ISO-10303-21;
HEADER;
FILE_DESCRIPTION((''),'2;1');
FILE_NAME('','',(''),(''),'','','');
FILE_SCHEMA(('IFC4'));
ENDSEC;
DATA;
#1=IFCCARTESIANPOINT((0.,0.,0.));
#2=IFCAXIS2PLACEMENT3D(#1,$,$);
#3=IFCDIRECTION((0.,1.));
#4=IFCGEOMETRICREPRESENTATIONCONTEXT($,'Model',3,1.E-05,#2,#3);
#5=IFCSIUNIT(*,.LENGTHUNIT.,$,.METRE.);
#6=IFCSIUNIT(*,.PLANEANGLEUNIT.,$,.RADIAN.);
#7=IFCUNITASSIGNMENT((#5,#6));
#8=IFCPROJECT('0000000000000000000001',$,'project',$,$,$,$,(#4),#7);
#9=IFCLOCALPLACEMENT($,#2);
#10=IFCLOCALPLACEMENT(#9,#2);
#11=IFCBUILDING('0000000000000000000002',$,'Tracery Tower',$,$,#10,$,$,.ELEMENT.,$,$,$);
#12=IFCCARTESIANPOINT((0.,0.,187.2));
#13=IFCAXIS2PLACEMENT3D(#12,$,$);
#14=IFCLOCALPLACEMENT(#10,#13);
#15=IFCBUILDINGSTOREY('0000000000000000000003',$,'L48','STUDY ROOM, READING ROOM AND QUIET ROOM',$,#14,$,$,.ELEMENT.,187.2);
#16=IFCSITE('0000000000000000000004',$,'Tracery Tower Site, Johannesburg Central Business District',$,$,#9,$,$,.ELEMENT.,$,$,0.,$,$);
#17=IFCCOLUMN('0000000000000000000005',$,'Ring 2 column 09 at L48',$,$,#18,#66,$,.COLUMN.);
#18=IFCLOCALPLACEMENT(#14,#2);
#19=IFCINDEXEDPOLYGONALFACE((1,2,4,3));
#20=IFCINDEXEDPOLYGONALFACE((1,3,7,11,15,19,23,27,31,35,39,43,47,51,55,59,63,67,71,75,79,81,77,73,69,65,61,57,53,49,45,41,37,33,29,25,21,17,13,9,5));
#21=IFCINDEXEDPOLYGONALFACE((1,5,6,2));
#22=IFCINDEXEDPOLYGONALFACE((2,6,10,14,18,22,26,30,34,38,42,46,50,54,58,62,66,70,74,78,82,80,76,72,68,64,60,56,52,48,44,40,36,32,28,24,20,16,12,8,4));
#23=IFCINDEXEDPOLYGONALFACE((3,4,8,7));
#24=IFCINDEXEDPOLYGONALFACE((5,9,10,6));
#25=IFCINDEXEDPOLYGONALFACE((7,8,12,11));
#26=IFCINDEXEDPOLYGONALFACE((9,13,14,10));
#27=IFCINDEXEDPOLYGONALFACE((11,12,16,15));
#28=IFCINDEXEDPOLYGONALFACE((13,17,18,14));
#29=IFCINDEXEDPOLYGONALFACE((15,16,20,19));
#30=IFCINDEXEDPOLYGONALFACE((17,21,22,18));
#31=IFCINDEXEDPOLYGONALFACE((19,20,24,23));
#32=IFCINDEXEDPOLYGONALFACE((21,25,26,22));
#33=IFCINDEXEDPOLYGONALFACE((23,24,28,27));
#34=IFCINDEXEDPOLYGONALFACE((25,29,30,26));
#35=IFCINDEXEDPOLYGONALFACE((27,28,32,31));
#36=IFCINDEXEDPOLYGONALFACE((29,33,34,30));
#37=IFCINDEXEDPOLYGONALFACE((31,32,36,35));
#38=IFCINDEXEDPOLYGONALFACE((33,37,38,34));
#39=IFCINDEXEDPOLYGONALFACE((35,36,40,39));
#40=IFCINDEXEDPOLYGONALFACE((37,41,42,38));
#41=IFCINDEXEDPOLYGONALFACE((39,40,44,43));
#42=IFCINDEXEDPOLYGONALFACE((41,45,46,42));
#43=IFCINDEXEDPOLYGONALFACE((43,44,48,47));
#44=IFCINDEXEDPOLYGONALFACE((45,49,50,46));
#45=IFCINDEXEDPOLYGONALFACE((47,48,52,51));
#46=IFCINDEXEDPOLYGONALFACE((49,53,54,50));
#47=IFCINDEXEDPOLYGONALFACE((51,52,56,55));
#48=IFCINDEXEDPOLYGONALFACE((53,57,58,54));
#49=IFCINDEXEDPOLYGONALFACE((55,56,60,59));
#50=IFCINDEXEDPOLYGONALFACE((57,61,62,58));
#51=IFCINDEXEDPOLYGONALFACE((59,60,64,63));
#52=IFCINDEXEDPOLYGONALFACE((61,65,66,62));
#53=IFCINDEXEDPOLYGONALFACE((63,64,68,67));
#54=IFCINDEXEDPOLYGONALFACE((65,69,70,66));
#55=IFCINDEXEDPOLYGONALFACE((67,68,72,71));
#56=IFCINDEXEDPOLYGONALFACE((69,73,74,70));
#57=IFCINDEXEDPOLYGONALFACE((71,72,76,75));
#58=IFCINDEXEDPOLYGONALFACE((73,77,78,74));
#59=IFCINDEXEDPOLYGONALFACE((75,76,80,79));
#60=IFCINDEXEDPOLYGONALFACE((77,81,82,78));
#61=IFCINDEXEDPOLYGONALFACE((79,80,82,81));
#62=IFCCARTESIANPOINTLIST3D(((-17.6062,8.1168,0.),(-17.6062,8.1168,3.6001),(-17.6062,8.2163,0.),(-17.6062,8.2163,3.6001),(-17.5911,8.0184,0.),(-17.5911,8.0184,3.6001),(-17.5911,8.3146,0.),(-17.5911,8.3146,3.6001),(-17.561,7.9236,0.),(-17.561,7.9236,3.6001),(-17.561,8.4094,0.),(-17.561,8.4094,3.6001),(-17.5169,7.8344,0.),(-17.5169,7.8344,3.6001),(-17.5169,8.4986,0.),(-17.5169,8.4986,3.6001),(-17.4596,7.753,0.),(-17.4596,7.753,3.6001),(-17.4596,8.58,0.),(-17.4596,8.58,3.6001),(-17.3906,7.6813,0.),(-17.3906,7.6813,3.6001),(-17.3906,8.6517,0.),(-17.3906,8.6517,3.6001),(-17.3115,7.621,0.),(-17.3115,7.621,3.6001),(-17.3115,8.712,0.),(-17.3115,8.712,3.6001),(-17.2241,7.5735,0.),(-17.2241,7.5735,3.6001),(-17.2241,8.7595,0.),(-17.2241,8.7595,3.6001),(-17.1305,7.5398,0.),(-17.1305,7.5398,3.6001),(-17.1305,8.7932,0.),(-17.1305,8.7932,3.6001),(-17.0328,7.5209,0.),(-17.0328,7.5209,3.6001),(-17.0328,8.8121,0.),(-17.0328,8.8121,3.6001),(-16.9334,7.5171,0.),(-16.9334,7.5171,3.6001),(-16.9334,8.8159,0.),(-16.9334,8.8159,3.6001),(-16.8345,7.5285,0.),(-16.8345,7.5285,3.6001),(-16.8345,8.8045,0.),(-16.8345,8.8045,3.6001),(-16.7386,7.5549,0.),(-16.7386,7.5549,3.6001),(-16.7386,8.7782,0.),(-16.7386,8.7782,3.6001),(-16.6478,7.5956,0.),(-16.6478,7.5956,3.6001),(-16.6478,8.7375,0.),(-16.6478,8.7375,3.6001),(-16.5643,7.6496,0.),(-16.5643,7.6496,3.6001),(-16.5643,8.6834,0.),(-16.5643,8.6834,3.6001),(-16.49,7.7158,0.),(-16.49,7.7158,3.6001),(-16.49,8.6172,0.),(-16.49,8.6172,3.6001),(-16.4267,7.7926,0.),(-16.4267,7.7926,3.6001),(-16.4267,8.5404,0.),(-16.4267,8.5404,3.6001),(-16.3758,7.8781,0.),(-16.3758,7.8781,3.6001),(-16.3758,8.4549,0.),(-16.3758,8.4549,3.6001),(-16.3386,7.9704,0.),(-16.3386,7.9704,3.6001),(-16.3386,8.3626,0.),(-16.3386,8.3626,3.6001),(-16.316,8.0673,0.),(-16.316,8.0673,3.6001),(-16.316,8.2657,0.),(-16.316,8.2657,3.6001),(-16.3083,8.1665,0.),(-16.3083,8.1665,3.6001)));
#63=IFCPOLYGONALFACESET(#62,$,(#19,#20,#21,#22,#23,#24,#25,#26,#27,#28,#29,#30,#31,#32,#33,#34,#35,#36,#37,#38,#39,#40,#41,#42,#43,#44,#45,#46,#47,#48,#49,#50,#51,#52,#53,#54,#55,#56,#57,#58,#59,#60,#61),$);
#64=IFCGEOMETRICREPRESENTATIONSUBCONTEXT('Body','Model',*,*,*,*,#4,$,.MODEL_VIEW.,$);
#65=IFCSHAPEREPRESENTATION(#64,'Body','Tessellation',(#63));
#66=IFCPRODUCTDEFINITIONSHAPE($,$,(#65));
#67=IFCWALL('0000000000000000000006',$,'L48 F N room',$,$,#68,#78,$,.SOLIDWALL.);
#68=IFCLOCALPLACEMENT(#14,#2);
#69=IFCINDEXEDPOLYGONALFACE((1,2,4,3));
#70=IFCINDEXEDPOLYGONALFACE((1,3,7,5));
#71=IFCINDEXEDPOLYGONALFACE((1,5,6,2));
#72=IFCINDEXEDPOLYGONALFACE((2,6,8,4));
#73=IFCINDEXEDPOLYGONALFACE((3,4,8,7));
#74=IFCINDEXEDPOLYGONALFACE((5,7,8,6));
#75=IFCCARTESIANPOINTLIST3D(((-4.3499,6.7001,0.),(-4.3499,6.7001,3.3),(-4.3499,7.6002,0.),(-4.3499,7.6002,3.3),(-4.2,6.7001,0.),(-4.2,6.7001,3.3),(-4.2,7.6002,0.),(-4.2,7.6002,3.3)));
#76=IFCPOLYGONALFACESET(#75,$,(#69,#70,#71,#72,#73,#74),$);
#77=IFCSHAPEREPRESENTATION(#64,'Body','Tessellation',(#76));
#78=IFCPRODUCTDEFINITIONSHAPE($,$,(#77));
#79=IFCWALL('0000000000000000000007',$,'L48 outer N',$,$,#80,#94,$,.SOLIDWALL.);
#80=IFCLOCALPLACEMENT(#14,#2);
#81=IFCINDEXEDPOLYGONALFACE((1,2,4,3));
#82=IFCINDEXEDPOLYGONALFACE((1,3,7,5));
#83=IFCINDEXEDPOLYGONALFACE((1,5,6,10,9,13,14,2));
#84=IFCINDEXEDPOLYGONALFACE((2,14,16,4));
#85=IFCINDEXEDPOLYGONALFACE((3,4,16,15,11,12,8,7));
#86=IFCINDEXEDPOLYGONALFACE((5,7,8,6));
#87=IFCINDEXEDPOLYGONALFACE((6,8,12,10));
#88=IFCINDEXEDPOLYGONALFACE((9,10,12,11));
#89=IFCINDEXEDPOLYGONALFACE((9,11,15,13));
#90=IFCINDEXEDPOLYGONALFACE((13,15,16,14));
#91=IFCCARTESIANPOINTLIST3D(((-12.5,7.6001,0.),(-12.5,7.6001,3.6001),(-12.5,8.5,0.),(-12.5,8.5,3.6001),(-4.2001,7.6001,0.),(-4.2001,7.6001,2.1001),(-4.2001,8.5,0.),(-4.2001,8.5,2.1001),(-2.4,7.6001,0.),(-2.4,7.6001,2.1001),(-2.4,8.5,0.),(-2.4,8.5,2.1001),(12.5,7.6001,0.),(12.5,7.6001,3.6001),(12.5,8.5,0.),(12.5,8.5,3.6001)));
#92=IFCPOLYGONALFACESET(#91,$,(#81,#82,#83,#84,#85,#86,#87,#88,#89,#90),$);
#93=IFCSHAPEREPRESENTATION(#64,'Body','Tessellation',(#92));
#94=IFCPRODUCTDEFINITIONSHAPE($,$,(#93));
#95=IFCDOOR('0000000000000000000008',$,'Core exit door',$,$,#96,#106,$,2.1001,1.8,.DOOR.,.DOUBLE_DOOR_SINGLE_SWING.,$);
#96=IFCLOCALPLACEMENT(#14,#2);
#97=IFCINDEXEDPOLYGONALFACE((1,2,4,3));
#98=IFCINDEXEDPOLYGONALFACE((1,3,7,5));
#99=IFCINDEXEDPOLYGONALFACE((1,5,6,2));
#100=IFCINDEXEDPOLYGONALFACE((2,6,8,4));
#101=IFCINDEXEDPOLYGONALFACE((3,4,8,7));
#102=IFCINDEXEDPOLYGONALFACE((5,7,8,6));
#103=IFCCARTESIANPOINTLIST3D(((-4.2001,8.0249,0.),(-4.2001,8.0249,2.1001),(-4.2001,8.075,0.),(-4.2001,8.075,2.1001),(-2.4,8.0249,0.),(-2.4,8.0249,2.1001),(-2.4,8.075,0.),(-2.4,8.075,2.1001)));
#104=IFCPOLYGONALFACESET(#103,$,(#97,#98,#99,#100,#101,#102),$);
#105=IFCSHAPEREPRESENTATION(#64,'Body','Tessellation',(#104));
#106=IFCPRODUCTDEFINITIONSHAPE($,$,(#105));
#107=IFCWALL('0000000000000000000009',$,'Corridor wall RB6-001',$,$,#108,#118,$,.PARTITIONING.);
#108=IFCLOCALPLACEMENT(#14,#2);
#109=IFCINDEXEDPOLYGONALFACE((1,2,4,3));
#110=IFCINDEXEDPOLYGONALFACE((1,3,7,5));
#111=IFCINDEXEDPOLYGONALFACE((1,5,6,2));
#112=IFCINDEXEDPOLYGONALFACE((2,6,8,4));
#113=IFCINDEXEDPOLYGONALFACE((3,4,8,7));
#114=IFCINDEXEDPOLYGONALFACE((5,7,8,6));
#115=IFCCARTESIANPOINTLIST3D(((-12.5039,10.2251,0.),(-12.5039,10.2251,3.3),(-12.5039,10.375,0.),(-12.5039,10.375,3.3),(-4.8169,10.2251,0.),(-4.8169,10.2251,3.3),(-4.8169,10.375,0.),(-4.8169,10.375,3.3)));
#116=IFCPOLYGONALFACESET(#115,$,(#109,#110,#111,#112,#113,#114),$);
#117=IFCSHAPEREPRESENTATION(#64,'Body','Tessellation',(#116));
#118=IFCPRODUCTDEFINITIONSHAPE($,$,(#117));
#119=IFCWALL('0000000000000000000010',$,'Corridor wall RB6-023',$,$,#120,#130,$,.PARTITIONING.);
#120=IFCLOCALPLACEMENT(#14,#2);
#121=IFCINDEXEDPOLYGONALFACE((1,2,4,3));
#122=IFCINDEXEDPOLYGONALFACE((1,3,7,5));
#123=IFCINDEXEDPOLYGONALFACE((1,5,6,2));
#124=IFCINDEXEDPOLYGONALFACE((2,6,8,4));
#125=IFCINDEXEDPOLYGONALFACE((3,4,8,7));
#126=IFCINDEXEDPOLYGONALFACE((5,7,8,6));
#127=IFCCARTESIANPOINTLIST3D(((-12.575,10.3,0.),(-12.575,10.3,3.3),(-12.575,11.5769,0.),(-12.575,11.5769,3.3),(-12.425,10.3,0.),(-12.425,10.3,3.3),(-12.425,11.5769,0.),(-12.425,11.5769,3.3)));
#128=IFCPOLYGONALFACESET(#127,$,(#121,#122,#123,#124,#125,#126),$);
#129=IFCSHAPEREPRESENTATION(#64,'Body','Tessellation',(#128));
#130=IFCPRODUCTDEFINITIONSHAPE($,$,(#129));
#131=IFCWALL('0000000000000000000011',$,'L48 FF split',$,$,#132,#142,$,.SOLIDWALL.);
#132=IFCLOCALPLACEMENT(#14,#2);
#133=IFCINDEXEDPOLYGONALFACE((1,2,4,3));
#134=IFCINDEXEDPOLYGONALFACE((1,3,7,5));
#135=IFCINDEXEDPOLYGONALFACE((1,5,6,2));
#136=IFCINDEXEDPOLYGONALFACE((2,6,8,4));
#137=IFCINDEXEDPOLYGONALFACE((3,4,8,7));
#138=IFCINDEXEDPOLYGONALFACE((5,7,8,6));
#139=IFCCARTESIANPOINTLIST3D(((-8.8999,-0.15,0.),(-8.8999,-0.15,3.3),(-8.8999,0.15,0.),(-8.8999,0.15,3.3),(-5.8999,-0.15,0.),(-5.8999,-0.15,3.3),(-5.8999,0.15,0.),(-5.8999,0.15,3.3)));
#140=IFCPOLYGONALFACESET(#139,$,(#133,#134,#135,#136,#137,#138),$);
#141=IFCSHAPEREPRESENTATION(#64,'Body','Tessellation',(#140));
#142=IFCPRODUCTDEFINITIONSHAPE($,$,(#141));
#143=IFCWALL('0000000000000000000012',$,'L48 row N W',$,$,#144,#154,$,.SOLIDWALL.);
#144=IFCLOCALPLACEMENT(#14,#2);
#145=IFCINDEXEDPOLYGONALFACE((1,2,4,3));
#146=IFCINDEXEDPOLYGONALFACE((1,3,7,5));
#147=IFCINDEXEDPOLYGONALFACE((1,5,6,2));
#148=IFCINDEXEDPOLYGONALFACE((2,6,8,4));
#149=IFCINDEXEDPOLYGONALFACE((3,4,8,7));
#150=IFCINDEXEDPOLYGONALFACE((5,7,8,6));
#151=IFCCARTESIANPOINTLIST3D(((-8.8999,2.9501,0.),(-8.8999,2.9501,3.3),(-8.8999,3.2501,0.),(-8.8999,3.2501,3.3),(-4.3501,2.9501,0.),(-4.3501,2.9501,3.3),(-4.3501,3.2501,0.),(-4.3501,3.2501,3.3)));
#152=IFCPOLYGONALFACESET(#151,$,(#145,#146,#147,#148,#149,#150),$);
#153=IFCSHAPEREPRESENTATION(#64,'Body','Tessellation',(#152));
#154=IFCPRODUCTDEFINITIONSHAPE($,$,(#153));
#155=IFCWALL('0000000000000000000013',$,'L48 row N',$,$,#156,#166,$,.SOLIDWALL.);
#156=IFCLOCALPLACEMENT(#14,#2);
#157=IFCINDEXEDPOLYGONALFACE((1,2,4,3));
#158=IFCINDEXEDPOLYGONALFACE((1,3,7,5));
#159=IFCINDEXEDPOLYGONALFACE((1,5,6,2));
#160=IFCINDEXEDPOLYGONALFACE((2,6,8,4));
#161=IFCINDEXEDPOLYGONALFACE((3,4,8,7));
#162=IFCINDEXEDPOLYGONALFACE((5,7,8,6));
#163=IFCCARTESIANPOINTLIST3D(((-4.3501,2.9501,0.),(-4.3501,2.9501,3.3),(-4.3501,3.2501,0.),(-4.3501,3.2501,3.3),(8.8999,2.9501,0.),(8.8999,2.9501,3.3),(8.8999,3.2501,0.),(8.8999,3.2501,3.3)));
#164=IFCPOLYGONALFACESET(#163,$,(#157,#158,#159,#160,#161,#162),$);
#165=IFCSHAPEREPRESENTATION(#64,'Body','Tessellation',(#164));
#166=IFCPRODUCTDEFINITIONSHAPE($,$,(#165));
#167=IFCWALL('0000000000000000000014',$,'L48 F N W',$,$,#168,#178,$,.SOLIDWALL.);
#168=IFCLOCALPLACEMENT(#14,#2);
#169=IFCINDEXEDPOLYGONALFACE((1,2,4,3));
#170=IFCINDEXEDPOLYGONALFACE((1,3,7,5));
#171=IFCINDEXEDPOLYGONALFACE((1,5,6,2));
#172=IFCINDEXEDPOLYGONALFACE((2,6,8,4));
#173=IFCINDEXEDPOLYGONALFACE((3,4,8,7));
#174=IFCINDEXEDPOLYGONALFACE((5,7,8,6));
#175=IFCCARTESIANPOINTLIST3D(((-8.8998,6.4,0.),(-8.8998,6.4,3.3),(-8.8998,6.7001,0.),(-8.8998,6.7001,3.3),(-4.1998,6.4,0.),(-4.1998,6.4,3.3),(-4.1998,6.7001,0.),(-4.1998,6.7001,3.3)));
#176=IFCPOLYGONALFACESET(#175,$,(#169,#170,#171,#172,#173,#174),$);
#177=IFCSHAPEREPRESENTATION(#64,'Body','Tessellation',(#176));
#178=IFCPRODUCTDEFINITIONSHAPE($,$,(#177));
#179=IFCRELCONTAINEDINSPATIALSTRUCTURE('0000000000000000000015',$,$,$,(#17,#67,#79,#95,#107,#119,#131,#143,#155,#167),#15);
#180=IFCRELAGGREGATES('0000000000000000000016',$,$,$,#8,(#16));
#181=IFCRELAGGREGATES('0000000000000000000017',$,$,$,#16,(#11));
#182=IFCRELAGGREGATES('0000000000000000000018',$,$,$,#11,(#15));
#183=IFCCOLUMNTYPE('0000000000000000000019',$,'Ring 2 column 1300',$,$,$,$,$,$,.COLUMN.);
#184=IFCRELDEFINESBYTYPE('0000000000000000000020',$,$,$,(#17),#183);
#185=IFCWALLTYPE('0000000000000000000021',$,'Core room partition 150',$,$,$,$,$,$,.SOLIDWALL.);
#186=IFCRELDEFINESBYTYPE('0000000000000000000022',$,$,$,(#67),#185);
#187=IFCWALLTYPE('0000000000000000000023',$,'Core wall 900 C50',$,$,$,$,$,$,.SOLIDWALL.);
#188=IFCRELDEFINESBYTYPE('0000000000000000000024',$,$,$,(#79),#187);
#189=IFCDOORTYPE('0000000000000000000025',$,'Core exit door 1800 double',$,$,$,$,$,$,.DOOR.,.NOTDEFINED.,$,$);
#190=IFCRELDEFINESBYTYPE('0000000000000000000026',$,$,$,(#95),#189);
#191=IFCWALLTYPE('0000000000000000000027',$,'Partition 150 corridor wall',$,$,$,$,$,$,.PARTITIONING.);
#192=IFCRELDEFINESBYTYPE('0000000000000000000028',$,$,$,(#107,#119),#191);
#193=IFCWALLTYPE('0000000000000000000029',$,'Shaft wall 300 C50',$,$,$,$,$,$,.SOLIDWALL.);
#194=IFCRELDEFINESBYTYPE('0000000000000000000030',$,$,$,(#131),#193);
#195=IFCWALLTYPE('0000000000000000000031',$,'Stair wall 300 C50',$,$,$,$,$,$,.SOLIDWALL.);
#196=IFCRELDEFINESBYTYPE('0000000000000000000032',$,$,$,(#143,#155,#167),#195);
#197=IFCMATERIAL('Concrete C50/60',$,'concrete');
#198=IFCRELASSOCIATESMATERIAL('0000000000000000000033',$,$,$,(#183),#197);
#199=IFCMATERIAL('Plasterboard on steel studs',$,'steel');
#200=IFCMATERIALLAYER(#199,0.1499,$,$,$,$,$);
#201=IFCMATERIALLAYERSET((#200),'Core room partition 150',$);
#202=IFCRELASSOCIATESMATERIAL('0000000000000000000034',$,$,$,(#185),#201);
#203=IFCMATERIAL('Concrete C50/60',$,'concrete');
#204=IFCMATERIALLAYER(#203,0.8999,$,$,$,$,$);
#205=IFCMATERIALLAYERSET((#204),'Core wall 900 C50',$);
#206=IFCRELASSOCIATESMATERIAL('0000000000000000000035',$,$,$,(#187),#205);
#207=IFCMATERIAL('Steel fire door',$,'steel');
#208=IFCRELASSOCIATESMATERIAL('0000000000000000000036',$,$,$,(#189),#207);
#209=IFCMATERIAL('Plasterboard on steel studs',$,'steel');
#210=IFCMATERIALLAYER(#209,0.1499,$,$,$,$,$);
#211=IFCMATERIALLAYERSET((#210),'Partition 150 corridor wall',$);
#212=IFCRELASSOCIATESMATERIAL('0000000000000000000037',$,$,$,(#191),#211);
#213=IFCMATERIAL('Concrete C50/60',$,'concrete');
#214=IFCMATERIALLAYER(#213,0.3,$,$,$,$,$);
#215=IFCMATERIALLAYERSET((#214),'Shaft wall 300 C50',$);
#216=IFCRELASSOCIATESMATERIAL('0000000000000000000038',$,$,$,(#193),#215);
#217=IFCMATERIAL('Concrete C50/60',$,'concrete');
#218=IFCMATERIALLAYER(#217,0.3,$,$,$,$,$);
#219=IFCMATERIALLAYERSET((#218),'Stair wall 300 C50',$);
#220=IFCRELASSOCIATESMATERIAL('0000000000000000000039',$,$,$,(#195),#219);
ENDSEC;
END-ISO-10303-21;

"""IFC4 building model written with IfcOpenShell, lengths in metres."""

from ifc_helpers import new_model, si_unit, direction, frame, frame_2d, origin, origin_2d, place, context, subcontext, project, spatial, rectangle, circle, extrude, material, layer, layer_set, material_profile, profile_set, type_object, element, fill, save


model = new_model("IFC4")

# Units and contexts
model_context = context("Model", 3, precision=1e-05, world=origin(), true_north=direction((0.0, 1.0)))
body_context = subcontext(model_context, "Body", "Model", "MODEL_VIEW")
ifc_project = project(units=[si_unit("LENGTHUNIT", "METRE"), si_unit("PLANEANGLEUNIT", "RADIAN")], contexts=[model_context])

# Site, building, storey
site_placement = place(None, origin())
site = spatial("IfcSite", under=ifc_project, at=site_placement, Name="Tracery Tower Site, Johannesburg Central Business District", CompositionType="ELEMENT", RefElevation=0.0)
building_placement = place(site_placement, origin())
building = spatial("IfcBuilding", under=site, at=building_placement, Name="Tracery Tower", CompositionType="ELEMENT")
storey_placement = place(building_placement, frame((0.0, 0.0, 187.2)))
storey = spatial("IfcBuildingStorey", under=building, at=storey_placement, Name="L48", Description="STUDY ROOM, READING ROOM AND QUIET ROOM", CompositionType="ELEMENT", Elevation=187.2)

# Column
ifc_material_1 = material(Name="Concrete C50/60", Category="concrete")
ifc_material_profile = material_profile(ifc_material_1, circle(Radius=0.6499, at=origin_2d()), Name="RC D1300")
ifc_profile_set = profile_set([ifc_material_profile], Name="Concrete C50/60")
column_type = type_object("IfcColumnType", Name="Ring 2 column 1300", PredefinedType="COLUMN", material=ifc_profile_set)
column_placement = place(storey_placement, frame((-16.9583, 8.1665, 0.0), z_axis=(0.0, 0.0, 1.0), x_axis=(1.0, 0.0, 0.0)))
element("IfcColumn", 1, at=column_placement, inside=storey, type_object=column_type, Name="Ring 2 column 09 at L48", PredefinedType="COLUMN", context=body_context, shape_type="SweptSolid", body=[
    extrude(circle(Radius=0.6499, at=origin_2d()), origin(), (0.0, 0.0, 1.0), 3.6001),
])

# Wall
ifc_material_2 = material(Name="Plasterboard on steel studs", Category="steel")
ifc_layer_1 = layer(ifc_material_2, 0.1499)
ifc_layer_set_1 = layer_set([ifc_layer_1], Name="Core room partition 150")
wall_type_1 = type_object("IfcWallType", Name="Core room partition 150", PredefinedType="SOLIDWALL", material=ifc_layer_set_1)
wall_1_placement = place(storey_placement, frame((-4.2749, 6.7, 0.0), z_axis=(0.0, 0.0, 1.0), x_axis=(0.0, 1.0, 0.0)))
element("IfcWall", 2, at=wall_1_placement, inside=storey, type_object=wall_type_1, Name="L48 F N room", PredefinedType="SOLIDWALL", context=body_context, shape_type="SweptSolid", body=[
    extrude(rectangle(XDim=0.9001, YDim=0.1499, at=frame_2d((0.4502, 0.0))), origin(), (0.0, 0.0, 1.0), 3.3),
])

# Wall, opening, door
ifc_material_3 = material(Name="Concrete C50/60", Category="concrete")
ifc_layer_2 = layer(ifc_material_3, 0.8999)
ifc_layer_set_2 = layer_set([ifc_layer_2], Name="Core wall 900 C50")
wall_type_2 = type_object("IfcWallType", Name="Core wall 900 C50", PredefinedType="SOLIDWALL", material=ifc_layer_set_2)
wall_2_placement = place(storey_placement, frame((-12.5, 8.05, 0.0), z_axis=(0.0, 0.0, 1.0), x_axis=(1.0, 0.0, 0.0)))
wall_2 = element("IfcWall", 3, at=wall_2_placement, inside=storey, type_object=wall_type_2, Name="L48 outer N", PredefinedType="SOLIDWALL", context=body_context, shape_type="SweptSolid", body=[
    extrude(rectangle(XDim=25.0, YDim=0.8999, at=frame_2d((12.5, 0.0))), origin(), (0.0, 0.0, 1.0), 3.6001),
])
opening_1_placement = place(wall_2_placement, frame((8.3, 0.0, 0.0)))
opening_1 = element("IfcOpeningElement", 4, at=opening_1_placement, cuts=wall_2, PredefinedType="OPENING", context=body_context, shape_type="SweptSolid", body=[
    extrude(rectangle(XDim=1.8, YDim=2.1001, at=frame_2d((0.8999, 1.05))), frame((0.0, 0.45, 0.0), z_axis=(0.0, -1.0, 0.0), x_axis=(1.0, 0.0, 0.0)), (0.0, 0.0, 1.0), 0.8999),
])
ifc_material_4 = material(Name="Steel fire door", Category="steel")
door_type_1 = type_object("IfcDoorType", Name="Core exit door 1800 double", OperationType="NOTDEFINED", PredefinedType="DOOR", material=ifc_material_4)
door_1_placement = place(opening_1_placement, origin())
door_1 = element("IfcDoor", 5, at=door_1_placement, inside=storey, type_object=door_type_1, Name="Core exit door", OperationType="DOUBLE_DOOR_SINGLE_SWING", OverallHeight=2.1001, OverallWidth=1.8, PredefinedType="DOOR", context=body_context, shape_type="SweptSolid", body=[
    extrude(rectangle(XDim=1.8, YDim=2.1001, at=frame_2d((0.8999, 1.05))), frame((0.0, 0.0249, 0.0), z_axis=(0.0, -1.0, 0.0), x_axis=(1.0, 0.0, 0.0)), (0.0, 0.0, 1.0), 0.05),
])
fill(opening_1, door_1)

# Walls
ifc_material_5 = material(Name="Plasterboard on steel studs", Category="steel")
ifc_layer_3 = layer(ifc_material_5, 0.1499)
ifc_layer_set_3 = layer_set([ifc_layer_3], Name="Partition 150 corridor wall")
wall_type_3 = type_object("IfcWallType", Name="Partition 150 corridor wall", PredefinedType="PARTITIONING", material=ifc_layer_set_3)
wall_3_placement = place(storey_placement, frame((-12.5039, 10.3, 0.0), z_axis=(0.0, 0.0, 1.0), x_axis=(1.0, 0.0, 0.0)))
element("IfcWall", 6, at=wall_3_placement, inside=storey, type_object=wall_type_3, Name="Corridor wall RB6-001", PredefinedType="PARTITIONING", context=body_context, shape_type="SweptSolid", body=[
    extrude(rectangle(XDim=7.687, YDim=0.1499, at=frame_2d((3.8435, 0.0))), origin(), (0.0, 0.0, 1.0), 3.3),
])
wall_4_placement = place(storey_placement, frame((-12.5, 10.3, 0.0), z_axis=(0.0, 0.0, 1.0), x_axis=(0.0, 1.0, 0.0)))
element("IfcWall", 7, at=wall_4_placement, inside=storey, type_object=wall_type_3, Name="Corridor wall RB6-023", PredefinedType="PARTITIONING", context=body_context, shape_type="SweptSolid", body=[
    extrude(rectangle(XDim=1.2769, YDim=0.1499, at=frame_2d((0.6384, 0.0))), origin(), (0.0, 0.0, 1.0), 3.3),
])
ifc_material_6 = material(Name="Concrete C50/60", Category="concrete")
ifc_layer_4 = layer(ifc_material_6, 0.3)
ifc_layer_set_4 = layer_set([ifc_layer_4], Name="Shaft wall 300 C50")
wall_type_4 = type_object("IfcWallType", Name="Shaft wall 300 C50", PredefinedType="SOLIDWALL", material=ifc_layer_set_4)
wall_5_placement = place(storey_placement, frame((-8.8999, 0.0, 0.0), z_axis=(0.0, 0.0, 1.0), x_axis=(1.0, 0.0, 0.0)))
element("IfcWall", 8, at=wall_5_placement, inside=storey, type_object=wall_type_4, Name="L48 FF split", PredefinedType="SOLIDWALL", context=body_context, shape_type="SweptSolid", body=[
    extrude(rectangle(XDim=3.0, YDim=0.3, at=frame_2d((1.5, 0.0))), origin(), (0.0, 0.0, 1.0), 3.3),
])

# Walls
ifc_material_7 = material(Name="Concrete C50/60", Category="concrete")
ifc_layer_5 = layer(ifc_material_7, 0.3)
ifc_layer_set_5 = layer_set([ifc_layer_5], Name="Stair wall 300 C50")
wall_type_5 = type_object("IfcWallType", Name="Stair wall 300 C50", PredefinedType="SOLIDWALL", material=ifc_layer_set_5)
wall_6_placement = place(storey_placement, frame((-8.8999, 3.1001, 0.0), z_axis=(0.0, 0.0, 1.0), x_axis=(1.0, 0.0, 0.0)))
element("IfcWall", 9, at=wall_6_placement, inside=storey, type_object=wall_type_5, Name="L48 row N W", PredefinedType="SOLIDWALL", context=body_context, shape_type="SweptSolid", body=[
    extrude(rectangle(XDim=4.5498, YDim=0.3, at=frame_2d((2.2749, 0.0))), origin(), (0.0, 0.0, 1.0), 3.3),
])
wall_7_placement = place(storey_placement, frame((-4.3501, 3.1001, 0.0), z_axis=(0.0, 0.0, 1.0), x_axis=(1.0, 0.0, 0.0)))
element("IfcWall", 10, at=wall_7_placement, inside=storey, type_object=wall_type_5, Name="L48 row N", PredefinedType="SOLIDWALL", context=body_context, shape_type="SweptSolid", body=[
    extrude(rectangle(XDim=13.25, YDim=0.3, at=frame_2d((6.625, 0.0))), origin(), (0.0, 0.0, 1.0), 3.3),
])
wall_8_placement = place(storey_placement, frame((-8.8999, 6.55, 0.0), z_axis=(0.0, 0.0, 1.0), x_axis=(1.0, 0.0, 0.0)))
element("IfcWall", 11, at=wall_8_placement, inside=storey, type_object=wall_type_5, Name="L48 F N W", PredefinedType="SOLIDWALL", context=body_context, shape_type="SweptSolid", body=[
    extrude(rectangle(XDim=4.7, YDim=0.3, at=frame_2d((2.3501, 0.0))), origin(), (0.0, 0.0, 1.0), 3.3),
])

save(model, "model.ifc")
